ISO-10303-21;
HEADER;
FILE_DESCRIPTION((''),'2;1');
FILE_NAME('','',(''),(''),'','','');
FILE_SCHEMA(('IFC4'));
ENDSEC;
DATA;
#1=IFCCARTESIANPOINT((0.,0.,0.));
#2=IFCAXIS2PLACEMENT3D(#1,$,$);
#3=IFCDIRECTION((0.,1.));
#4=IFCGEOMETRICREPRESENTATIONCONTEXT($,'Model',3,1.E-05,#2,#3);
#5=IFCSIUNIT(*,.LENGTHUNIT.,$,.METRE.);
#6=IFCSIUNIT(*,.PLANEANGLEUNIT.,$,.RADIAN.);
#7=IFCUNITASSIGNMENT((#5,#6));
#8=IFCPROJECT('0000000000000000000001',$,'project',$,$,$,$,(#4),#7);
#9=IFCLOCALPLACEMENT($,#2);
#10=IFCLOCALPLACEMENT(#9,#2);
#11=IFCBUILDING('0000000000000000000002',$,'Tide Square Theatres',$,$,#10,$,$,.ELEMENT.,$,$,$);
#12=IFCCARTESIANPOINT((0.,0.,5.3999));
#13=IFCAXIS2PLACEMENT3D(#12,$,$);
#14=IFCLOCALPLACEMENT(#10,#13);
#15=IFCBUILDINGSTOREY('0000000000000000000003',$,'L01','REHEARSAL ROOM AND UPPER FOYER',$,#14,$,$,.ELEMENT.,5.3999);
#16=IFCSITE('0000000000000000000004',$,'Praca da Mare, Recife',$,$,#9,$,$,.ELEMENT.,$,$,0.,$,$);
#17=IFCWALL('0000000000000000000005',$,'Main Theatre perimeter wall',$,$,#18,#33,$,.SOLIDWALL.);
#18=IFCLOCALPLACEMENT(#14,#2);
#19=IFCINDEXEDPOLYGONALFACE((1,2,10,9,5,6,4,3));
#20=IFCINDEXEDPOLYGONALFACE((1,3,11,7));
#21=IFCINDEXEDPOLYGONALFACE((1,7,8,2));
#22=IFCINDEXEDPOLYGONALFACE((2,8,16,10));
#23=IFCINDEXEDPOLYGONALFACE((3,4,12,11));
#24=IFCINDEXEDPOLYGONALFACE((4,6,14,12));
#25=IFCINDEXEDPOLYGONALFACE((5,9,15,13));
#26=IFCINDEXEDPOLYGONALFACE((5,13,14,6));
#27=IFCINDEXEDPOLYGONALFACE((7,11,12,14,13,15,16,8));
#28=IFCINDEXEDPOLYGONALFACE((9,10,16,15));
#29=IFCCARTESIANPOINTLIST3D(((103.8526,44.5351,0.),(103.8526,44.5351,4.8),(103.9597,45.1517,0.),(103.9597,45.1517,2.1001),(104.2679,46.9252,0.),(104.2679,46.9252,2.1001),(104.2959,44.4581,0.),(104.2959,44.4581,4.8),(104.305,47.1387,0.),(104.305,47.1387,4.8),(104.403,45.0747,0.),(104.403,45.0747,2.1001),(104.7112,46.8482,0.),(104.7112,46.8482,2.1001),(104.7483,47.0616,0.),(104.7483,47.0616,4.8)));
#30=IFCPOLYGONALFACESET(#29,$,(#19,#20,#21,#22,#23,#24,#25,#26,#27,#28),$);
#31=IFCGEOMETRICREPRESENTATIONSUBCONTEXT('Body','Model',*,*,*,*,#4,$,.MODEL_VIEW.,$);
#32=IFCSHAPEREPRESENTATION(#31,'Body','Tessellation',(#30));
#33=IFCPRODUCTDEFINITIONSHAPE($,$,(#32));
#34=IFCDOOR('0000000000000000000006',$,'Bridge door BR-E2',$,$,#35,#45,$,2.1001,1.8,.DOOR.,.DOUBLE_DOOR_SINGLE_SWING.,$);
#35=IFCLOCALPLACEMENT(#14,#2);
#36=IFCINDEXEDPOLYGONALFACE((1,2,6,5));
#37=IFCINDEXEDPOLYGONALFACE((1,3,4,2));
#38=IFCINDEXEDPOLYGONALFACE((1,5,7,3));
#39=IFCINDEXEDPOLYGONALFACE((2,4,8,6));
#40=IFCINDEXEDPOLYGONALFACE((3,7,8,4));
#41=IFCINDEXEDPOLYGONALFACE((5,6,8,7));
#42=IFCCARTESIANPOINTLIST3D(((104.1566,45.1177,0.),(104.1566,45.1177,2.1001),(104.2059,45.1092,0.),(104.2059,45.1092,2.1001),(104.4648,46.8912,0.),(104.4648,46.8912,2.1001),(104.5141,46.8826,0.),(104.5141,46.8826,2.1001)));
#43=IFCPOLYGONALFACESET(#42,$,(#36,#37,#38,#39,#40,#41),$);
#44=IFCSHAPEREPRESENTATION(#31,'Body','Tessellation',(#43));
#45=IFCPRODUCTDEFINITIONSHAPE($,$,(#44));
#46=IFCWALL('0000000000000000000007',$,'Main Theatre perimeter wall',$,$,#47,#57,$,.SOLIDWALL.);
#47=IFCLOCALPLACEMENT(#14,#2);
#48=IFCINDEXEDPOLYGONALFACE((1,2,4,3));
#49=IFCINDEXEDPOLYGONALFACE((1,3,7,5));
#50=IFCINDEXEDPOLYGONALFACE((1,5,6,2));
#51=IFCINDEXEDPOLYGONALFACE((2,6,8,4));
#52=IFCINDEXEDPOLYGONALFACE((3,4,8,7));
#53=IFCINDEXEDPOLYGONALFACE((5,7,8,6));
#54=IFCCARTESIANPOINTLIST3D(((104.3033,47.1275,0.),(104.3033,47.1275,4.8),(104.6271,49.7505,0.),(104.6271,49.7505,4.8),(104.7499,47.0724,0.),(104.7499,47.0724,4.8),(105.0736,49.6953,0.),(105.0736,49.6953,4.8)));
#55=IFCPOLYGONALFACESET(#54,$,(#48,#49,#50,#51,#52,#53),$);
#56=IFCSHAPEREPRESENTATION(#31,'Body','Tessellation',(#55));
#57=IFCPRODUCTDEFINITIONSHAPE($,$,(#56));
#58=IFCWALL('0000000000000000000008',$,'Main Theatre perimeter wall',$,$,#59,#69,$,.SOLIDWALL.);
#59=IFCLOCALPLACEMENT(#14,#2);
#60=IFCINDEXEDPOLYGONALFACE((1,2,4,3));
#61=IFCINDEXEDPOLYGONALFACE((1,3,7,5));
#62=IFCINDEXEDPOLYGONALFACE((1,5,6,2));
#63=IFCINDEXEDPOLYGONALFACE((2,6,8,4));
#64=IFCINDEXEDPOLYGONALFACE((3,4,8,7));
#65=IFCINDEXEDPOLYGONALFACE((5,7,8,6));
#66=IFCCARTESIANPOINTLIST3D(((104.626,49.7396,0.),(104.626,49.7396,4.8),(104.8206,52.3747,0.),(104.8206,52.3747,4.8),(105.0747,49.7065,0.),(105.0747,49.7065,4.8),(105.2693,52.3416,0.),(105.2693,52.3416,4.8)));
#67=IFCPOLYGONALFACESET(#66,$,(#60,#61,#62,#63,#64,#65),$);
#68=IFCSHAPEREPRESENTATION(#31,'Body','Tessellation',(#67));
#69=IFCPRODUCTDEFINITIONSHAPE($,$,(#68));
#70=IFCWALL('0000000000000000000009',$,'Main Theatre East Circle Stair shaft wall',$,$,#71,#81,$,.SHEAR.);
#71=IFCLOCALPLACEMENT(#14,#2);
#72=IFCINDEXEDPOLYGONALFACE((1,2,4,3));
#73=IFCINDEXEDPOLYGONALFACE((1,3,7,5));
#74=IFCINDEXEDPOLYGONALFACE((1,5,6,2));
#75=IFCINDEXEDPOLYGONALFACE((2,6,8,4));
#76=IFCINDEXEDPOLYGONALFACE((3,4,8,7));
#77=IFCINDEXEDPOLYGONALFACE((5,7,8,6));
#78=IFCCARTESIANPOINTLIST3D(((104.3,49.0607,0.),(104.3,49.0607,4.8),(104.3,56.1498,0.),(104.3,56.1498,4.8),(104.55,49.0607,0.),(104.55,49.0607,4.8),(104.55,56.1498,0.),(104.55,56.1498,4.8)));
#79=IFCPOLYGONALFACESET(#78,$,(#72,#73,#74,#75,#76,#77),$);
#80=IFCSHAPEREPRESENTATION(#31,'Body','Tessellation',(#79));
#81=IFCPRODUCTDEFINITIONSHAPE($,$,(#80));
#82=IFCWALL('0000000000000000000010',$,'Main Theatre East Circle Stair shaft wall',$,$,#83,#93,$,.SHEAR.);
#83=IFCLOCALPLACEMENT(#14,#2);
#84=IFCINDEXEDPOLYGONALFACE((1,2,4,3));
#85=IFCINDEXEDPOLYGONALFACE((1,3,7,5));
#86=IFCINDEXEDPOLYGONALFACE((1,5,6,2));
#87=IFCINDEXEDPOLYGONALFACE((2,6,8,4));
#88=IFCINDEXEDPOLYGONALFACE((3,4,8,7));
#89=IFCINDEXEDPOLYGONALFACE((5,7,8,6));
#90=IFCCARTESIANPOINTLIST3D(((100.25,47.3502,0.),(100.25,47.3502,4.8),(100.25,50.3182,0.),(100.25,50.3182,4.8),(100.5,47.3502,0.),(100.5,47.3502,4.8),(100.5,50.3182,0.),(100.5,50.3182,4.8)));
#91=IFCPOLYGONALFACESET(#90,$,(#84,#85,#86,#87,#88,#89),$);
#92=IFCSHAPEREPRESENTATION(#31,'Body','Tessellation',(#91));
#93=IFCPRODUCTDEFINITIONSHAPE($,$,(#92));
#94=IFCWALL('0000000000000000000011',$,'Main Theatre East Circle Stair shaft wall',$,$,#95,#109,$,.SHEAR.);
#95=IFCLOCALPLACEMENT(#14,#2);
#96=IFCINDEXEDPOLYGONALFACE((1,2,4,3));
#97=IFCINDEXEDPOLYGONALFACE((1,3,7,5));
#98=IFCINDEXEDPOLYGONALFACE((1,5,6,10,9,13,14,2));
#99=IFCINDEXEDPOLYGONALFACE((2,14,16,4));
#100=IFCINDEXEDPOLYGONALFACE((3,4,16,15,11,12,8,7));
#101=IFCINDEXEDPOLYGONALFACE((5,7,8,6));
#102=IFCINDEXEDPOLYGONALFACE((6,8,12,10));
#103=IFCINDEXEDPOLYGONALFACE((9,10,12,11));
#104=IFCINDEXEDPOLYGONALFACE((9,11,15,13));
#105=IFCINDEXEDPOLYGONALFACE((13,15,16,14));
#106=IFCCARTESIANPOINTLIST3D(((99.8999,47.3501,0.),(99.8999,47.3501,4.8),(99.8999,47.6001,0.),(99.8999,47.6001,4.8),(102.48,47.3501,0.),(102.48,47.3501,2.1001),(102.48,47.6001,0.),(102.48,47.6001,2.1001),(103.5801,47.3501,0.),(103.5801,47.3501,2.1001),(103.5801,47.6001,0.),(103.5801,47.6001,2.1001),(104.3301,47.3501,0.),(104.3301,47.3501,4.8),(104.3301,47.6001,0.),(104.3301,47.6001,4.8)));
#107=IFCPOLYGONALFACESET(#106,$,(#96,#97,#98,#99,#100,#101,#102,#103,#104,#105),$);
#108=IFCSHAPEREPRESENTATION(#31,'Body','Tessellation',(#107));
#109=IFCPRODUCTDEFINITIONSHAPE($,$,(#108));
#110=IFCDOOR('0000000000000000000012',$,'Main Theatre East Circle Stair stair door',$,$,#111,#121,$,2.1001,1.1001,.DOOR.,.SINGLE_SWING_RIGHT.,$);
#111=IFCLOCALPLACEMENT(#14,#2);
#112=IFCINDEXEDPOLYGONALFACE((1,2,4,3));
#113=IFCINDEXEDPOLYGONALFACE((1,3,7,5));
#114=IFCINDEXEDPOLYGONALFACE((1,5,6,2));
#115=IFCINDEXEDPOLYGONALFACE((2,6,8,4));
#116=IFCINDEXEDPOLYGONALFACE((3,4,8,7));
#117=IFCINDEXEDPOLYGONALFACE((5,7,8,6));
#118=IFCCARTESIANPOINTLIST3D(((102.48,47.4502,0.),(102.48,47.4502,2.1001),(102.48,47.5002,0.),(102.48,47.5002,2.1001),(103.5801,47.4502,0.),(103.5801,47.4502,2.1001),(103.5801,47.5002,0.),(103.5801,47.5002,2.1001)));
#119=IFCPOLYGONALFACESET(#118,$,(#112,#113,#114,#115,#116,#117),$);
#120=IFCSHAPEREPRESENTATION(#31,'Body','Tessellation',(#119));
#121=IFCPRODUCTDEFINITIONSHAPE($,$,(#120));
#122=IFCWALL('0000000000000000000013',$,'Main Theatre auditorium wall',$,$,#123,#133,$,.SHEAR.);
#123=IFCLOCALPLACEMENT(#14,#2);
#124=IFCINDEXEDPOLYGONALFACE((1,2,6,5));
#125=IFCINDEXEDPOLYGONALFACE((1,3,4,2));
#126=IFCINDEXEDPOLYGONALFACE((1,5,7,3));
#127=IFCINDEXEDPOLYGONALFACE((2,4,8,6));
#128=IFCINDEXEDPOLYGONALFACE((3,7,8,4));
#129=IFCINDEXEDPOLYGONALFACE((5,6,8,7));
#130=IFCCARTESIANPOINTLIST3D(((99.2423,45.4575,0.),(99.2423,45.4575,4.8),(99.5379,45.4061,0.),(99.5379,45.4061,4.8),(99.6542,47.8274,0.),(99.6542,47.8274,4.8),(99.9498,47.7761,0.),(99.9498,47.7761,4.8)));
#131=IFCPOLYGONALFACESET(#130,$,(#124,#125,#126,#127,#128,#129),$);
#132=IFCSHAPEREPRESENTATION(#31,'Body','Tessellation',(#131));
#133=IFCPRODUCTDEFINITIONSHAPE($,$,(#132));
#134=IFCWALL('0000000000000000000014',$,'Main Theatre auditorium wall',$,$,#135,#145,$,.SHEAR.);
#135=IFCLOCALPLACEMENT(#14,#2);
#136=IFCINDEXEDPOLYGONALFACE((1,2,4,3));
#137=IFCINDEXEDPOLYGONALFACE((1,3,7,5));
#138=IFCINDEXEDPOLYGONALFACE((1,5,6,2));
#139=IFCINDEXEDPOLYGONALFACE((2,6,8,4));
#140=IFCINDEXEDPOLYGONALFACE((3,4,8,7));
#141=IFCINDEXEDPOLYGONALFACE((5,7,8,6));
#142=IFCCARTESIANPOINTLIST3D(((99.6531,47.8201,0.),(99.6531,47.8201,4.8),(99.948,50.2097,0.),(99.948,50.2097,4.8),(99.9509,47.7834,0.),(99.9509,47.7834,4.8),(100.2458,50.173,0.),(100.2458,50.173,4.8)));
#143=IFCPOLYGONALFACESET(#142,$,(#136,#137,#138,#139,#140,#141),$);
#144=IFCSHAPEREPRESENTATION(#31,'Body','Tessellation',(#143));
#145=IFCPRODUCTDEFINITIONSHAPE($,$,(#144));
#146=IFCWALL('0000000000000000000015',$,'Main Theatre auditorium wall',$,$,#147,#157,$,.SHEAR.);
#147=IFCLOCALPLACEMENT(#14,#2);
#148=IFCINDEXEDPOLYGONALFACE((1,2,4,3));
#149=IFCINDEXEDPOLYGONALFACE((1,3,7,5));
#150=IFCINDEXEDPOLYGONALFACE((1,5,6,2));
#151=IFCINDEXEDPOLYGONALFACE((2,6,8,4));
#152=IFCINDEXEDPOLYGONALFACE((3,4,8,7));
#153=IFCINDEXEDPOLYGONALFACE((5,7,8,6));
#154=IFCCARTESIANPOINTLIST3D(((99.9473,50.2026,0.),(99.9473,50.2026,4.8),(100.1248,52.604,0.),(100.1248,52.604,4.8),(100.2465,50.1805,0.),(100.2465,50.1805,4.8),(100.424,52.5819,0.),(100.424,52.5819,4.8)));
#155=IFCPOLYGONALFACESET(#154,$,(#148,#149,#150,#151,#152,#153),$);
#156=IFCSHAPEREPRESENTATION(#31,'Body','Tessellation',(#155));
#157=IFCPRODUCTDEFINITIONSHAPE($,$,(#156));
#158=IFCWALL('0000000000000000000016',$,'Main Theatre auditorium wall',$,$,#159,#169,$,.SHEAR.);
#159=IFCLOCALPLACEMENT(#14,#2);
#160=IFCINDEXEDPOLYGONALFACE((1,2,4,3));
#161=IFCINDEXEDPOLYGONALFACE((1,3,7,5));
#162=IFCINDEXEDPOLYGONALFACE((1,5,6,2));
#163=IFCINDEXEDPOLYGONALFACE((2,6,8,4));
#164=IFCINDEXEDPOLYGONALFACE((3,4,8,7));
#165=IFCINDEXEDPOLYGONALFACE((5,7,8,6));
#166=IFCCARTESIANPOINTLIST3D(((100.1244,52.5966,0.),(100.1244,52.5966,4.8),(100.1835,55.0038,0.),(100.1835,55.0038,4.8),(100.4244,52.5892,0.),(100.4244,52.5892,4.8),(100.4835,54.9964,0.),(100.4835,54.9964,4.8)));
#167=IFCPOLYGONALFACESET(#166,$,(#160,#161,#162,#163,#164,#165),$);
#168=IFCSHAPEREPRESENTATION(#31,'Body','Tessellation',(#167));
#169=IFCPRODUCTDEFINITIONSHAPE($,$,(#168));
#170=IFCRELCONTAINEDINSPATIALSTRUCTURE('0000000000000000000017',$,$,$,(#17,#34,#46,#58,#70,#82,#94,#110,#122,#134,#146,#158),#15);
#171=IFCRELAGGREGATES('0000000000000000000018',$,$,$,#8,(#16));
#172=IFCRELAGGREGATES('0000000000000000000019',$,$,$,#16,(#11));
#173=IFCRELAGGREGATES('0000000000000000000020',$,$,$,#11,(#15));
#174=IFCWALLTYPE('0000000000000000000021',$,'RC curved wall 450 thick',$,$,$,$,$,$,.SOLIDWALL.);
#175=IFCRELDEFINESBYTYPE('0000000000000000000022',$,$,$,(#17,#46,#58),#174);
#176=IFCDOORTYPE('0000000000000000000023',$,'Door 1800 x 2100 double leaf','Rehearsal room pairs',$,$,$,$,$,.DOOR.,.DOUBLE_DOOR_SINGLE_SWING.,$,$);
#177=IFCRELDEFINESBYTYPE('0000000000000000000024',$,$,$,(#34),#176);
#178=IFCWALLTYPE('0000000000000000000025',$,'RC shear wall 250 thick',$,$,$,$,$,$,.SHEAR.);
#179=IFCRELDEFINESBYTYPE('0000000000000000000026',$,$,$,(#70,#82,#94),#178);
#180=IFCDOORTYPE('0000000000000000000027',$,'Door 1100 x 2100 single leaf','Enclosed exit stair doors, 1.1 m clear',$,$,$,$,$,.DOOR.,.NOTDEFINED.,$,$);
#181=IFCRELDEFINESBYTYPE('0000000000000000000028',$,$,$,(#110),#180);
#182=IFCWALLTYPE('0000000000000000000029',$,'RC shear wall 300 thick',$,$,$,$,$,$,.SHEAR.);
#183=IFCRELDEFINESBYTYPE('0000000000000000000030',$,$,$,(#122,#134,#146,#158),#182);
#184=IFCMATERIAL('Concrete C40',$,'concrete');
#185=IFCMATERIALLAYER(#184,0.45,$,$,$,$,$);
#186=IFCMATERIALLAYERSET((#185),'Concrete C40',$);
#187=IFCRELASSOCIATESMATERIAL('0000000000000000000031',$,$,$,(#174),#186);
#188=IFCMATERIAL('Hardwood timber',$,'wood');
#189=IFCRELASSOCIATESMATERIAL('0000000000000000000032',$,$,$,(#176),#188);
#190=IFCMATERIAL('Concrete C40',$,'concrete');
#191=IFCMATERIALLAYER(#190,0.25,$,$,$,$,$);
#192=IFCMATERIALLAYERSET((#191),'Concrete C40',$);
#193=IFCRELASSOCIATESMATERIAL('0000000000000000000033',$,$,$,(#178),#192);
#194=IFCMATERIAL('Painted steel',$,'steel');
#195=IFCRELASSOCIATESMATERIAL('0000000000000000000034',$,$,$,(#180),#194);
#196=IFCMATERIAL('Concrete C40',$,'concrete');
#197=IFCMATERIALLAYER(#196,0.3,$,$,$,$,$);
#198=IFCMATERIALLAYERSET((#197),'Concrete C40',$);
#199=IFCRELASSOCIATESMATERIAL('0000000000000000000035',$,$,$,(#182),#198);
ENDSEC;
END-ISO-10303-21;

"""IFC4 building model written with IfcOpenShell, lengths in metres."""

from ifc_helpers import new_model, si_unit, direction, frame, frame_2d, origin, place, context, subcontext, project, spatial, rectangle, extrude, material, layer, layer_set, type_object, element, fill, save


model = new_model("IFC4")

# Units and contexts
model_context = context("Model", 3, precision=1e-05, world=origin(), true_north=direction((0.0, 1.0)))
body_context = subcontext(model_context, "Body", "Model", "MODEL_VIEW")
ifc_project = project(units=[si_unit("LENGTHUNIT", "METRE"), si_unit("PLANEANGLEUNIT", "RADIAN")], contexts=[model_context])

# Site, building, storey
site_placement = place(None, origin())
site = spatial("IfcSite", under=ifc_project, at=site_placement, Name="Praca da Mare, Recife", CompositionType="ELEMENT", RefElevation=0.0)
building_placement = place(site_placement, origin())
building = spatial("IfcBuilding", under=site, at=building_placement, Name="Tide Square Theatres", CompositionType="ELEMENT")
storey_placement = place(building_placement, frame((0.0, 0.0, 5.3999)))
storey = spatial("IfcBuildingStorey", under=building, at=storey_placement, Name="L01", Description="REHEARSAL ROOM AND UPPER FOYER", CompositionType="ELEMENT", Elevation=5.3999)

# Wall, opening, door
ifc_material_1 = material(Name="Concrete C40", Category="concrete")
ifc_layer_1 = layer(ifc_material_1, 0.45)
ifc_layer_set_1 = layer_set([ifc_layer_1], Name="Concrete C40")
wall_type_1 = type_object("IfcWallType", Name="RC curved wall 450 thick", PredefinedType="SOLIDWALL", material=ifc_layer_set_1)
wall_1_placement = place(storey_placement, frame((104.0742, 44.4966, 0.0), z_axis=(0.0, 0.0, 1.0), x_axis=(0.171197, 0.985237, 0.0)))
wall_1 = element("IfcWall", 1, at=wall_1_placement, inside=storey, type_object=wall_type_1, Name="Main Theatre perimeter wall", PredefinedType="SOLIDWALL", context=body_context, shape_type="SweptSolid", body=[
    extrude(rectangle(XDim=2.6426, YDim=0.45, at=frame_2d((1.3213, 0.0))), origin(), (0.0, 0.0, 1.0), 4.8),
])
opening_1_placement = place(wall_1_placement, frame((0.626, 0.0, 0.0)))
opening_1 = element("IfcOpeningElement", 2, at=opening_1_placement, cuts=wall_1, PredefinedType="OPENING", context=body_context, shape_type="SweptSolid", body=[
    extrude(rectangle(XDim=1.8, YDim=2.1001, at=frame_2d((0.8999, 1.05))), frame((0.0, 0.2349, 0.0), z_axis=(0.0, -1.0, 0.0), x_axis=(1.0, 0.0, 0.0)), (0.0, 0.0, 1.0), 0.47),
])
ifc_material_2 = material(Name="Hardwood timber", Category="wood")
door_type_1 = type_object("IfcDoorType", Name="Door 1800 x 2100 double leaf", Description="Rehearsal room pairs", OperationType="DOUBLE_DOOR_SINGLE_SWING", PredefinedType="DOOR", material=ifc_material_2)
door_1_placement = place(opening_1_placement, frame((1.8, 0.0, 0.0), z_axis=(0.0, 0.0, 1.0), x_axis=(-1.0, 0.0, 0.0)))
door_1 = element("IfcDoor", 3, at=door_1_placement, inside=storey, type_object=door_type_1, Name="Bridge door BR-E2", OperationType="DOUBLE_DOOR_SINGLE_SWING", OverallHeight=2.1001, OverallWidth=1.8, PredefinedType="DOOR", context=body_context, shape_type="SweptSolid", body=[
    extrude(rectangle(XDim=1.8, YDim=2.1001, at=frame_2d((0.8999, 1.05))), frame((0.0, 0.0249, 0.0), z_axis=(0.0, -1.0, 0.0), x_axis=(1.0, 0.0, 0.0)), (0.0, 0.0, 1.0), 0.05),
])
fill(opening_1, door_1)

# Walls
wall_2_placement = place(storey_placement, frame((104.5266, 47.1001, 0.0), z_axis=(0.0, 0.0, 1.0), x_axis=(0.1225, 0.992469, 0.0)))
element("IfcWall", 4, at=wall_2_placement, inside=storey, type_object=wall_type_1, Name="Main Theatre perimeter wall", PredefinedType="SOLIDWALL", context=body_context, shape_type="SweptSolid", body=[
    extrude(rectangle(XDim=2.6428, YDim=0.45, at=frame_2d((1.3213, 0.0))), origin(), (0.0, 0.0, 1.0), 4.8),
])
wall_3_placement = place(storey_placement, frame((104.8503, 49.7229, 0.0), z_axis=(0.0, 0.0, 1.0), x_axis=(0.073637, 0.997285, 0.0)))
element("IfcWall", 5, at=wall_3_placement, inside=storey, type_object=wall_type_1, Name="Main Theatre perimeter wall", PredefinedType="SOLIDWALL", context=body_context, shape_type="SweptSolid", body=[
    extrude(rectangle(XDim=2.6423, YDim=0.45, at=frame_2d((1.3213, 0.0))), origin(), (0.0, 0.0, 1.0), 4.8),
])
ifc_material_3 = material(Name="Concrete C40", Category="concrete")
ifc_layer_2 = layer(ifc_material_3, 0.25)
ifc_layer_set_2 = layer_set([ifc_layer_2], Name="Concrete C40")
wall_type_2 = type_object("IfcWallType", Name="RC shear wall 250 thick", PredefinedType="SHEAR", material=ifc_layer_set_2)
wall_4_placement = place(storey_placement, frame((104.425, 49.0608, 0.0), z_axis=(0.0, 0.0, 1.0), x_axis=(0.0, 1.0, 0.0)))
element("IfcWall", 6, at=wall_4_placement, inside=storey, type_object=wall_type_2, Name="Main Theatre East Circle Stair shaft wall", PredefinedType="SHEAR", context=body_context, shape_type="SweptSolid", body=[
    extrude(rectangle(XDim=7.0891, YDim=0.25, at=frame_2d((3.5444, 0.0))), origin(), (0.0, 0.0, 1.0), 4.8),
])
wall_5_placement = place(storey_placement, frame((100.375, 50.3181, 0.0), z_axis=(0.0, 0.0, 1.0), x_axis=(0.0, -1.0, 0.0)))
element("IfcWall", 7, at=wall_5_placement, inside=storey, type_object=wall_type_2, Name="Main Theatre East Circle Stair shaft wall", PredefinedType="SHEAR", context=body_context, shape_type="SweptSolid", body=[
    extrude(rectangle(XDim=2.968, YDim=0.25, at=frame_2d((1.4839, 0.0))), origin(), (0.0, 0.0, 1.0), 4.8),
])

# Wall, opening, door
wall_6_placement = place(storey_placement, frame((104.3301, 47.4751, 0.0), z_axis=(0.0, 0.0, 1.0), x_axis=(-1.0, 0.0, 0.0)))
wall_6 = element("IfcWall", 8, at=wall_6_placement, inside=storey, type_object=wall_type_2, Name="Main Theatre East Circle Stair shaft wall", PredefinedType="SHEAR", context=body_context, shape_type="SweptSolid", body=[
    extrude(rectangle(XDim=4.4302, YDim=0.25, at=frame_2d((2.2151, 0.0))), origin(), (0.0, 0.0, 1.0), 4.8),
])
opening_2_placement = place(wall_6_placement, frame((0.75, 0.0, 0.0)))
opening_2 = element("IfcOpeningElement", 9, at=opening_2_placement, cuts=wall_6, PredefinedType="OPENING", context=body_context, shape_type="SweptSolid", body=[
    extrude(rectangle(XDim=1.1001, YDim=2.1001, at=frame_2d((0.55, 1.05))), frame((0.0, 0.135, 0.0), z_axis=(0.0, -1.0, 0.0), x_axis=(1.0, 0.0, 0.0)), (0.0, 0.0, 1.0), 0.27),
])
ifc_material_4 = material(Name="Painted steel", Category="steel")
door_type_2 = type_object("IfcDoorType", Name="Door 1100 x 2100 single leaf", Description="Enclosed exit stair doors, 1.1 m clear", OperationType="NOTDEFINED", PredefinedType="DOOR", material=ifc_material_4)
door_2_placement = place(opening_2_placement, origin())
door_2 = element("IfcDoor", 10, at=door_2_placement, inside=storey, type_object=door_type_2, Name="Main Theatre East Circle Stair stair door", OperationType="SINGLE_SWING_RIGHT", OverallHeight=2.1001, OverallWidth=1.1001, PredefinedType="DOOR", context=body_context, shape_type="SweptSolid", body=[
    extrude(rectangle(XDim=1.1001, YDim=2.1001, at=frame_2d((0.55, 1.05))), frame((0.0, 0.0249, 0.0), z_axis=(0.0, -1.0, 0.0), x_axis=(1.0, 0.0, 0.0)), (0.0, 0.0, 1.0), 0.05),
])
fill(opening_2, door_2)

# Walls
ifc_material_5 = material(Name="Concrete C40", Category="concrete")
ifc_layer_3 = layer(ifc_material_5, 0.3)
ifc_layer_set_3 = layer_set([ifc_layer_3], Name="Concrete C40")
wall_type_3 = type_object("IfcWallType", Name="RC shear wall 300 thick", PredefinedType="SHEAR", material=ifc_layer_set_3)
wall_7_placement = place(storey_placement, frame((99.3901, 45.4319, 0.0), z_axis=(0.0, 0.0, 1.0), x_axis=(0.171226, 0.985232, 0.0)))
element("IfcWall", 11, at=wall_7_placement, inside=storey, type_object=wall_type_3, Name="Main Theatre auditorium wall", PredefinedType="SHEAR", context=body_context, shape_type="SweptSolid", body=[
    extrude(rectangle(XDim=2.4055, YDim=0.3, at=frame_2d((1.2026, 0.0))), origin(), (0.0, 0.0, 1.0), 4.8),
])
wall_8_placement = place(storey_placement, frame((99.802, 47.8018, 0.0), z_axis=(0.0, 0.0, 1.0), x_axis=(0.122487, 0.99247, 0.0)))
element("IfcWall", 12, at=wall_8_placement, inside=storey, type_object=wall_type_3, Name="Main Theatre auditorium wall", PredefinedType="SHEAR", context=body_context, shape_type="SweptSolid", body=[
    extrude(rectangle(XDim=2.4077, YDim=0.3, at=frame_2d((1.2039, 0.0))), origin(), (0.0, 0.0, 1.0), 4.8),
])
for number, where, z_axis, x_axis, name in (
    (13, (100.0969, 50.1914, 0.0), (0.0, 0.0, 1.0), (0.073711, 0.99728, 0.0), "Main Theatre auditorium wall"),
    (14, (100.2744, 52.5928, 0.0), (0.0, 0.0, 1.0), (0.024536, 0.999699, 0.0), "Main Theatre auditorium wall"),
):
    element("IfcWall", number, at=place(storey_placement, frame(where, z_axis=z_axis, x_axis=x_axis)), inside=storey, type_object=wall_type_3, Name=name, PredefinedType="SHEAR", context=body_context, shape_type="SweptSolid", body=[
        extrude(rectangle(XDim=2.408, YDim=0.3, at=frame_2d((1.2041, 0.0))), origin(), (0.0, 0.0, 1.0), 4.8),
    ])

save(model, "model.ifc")
